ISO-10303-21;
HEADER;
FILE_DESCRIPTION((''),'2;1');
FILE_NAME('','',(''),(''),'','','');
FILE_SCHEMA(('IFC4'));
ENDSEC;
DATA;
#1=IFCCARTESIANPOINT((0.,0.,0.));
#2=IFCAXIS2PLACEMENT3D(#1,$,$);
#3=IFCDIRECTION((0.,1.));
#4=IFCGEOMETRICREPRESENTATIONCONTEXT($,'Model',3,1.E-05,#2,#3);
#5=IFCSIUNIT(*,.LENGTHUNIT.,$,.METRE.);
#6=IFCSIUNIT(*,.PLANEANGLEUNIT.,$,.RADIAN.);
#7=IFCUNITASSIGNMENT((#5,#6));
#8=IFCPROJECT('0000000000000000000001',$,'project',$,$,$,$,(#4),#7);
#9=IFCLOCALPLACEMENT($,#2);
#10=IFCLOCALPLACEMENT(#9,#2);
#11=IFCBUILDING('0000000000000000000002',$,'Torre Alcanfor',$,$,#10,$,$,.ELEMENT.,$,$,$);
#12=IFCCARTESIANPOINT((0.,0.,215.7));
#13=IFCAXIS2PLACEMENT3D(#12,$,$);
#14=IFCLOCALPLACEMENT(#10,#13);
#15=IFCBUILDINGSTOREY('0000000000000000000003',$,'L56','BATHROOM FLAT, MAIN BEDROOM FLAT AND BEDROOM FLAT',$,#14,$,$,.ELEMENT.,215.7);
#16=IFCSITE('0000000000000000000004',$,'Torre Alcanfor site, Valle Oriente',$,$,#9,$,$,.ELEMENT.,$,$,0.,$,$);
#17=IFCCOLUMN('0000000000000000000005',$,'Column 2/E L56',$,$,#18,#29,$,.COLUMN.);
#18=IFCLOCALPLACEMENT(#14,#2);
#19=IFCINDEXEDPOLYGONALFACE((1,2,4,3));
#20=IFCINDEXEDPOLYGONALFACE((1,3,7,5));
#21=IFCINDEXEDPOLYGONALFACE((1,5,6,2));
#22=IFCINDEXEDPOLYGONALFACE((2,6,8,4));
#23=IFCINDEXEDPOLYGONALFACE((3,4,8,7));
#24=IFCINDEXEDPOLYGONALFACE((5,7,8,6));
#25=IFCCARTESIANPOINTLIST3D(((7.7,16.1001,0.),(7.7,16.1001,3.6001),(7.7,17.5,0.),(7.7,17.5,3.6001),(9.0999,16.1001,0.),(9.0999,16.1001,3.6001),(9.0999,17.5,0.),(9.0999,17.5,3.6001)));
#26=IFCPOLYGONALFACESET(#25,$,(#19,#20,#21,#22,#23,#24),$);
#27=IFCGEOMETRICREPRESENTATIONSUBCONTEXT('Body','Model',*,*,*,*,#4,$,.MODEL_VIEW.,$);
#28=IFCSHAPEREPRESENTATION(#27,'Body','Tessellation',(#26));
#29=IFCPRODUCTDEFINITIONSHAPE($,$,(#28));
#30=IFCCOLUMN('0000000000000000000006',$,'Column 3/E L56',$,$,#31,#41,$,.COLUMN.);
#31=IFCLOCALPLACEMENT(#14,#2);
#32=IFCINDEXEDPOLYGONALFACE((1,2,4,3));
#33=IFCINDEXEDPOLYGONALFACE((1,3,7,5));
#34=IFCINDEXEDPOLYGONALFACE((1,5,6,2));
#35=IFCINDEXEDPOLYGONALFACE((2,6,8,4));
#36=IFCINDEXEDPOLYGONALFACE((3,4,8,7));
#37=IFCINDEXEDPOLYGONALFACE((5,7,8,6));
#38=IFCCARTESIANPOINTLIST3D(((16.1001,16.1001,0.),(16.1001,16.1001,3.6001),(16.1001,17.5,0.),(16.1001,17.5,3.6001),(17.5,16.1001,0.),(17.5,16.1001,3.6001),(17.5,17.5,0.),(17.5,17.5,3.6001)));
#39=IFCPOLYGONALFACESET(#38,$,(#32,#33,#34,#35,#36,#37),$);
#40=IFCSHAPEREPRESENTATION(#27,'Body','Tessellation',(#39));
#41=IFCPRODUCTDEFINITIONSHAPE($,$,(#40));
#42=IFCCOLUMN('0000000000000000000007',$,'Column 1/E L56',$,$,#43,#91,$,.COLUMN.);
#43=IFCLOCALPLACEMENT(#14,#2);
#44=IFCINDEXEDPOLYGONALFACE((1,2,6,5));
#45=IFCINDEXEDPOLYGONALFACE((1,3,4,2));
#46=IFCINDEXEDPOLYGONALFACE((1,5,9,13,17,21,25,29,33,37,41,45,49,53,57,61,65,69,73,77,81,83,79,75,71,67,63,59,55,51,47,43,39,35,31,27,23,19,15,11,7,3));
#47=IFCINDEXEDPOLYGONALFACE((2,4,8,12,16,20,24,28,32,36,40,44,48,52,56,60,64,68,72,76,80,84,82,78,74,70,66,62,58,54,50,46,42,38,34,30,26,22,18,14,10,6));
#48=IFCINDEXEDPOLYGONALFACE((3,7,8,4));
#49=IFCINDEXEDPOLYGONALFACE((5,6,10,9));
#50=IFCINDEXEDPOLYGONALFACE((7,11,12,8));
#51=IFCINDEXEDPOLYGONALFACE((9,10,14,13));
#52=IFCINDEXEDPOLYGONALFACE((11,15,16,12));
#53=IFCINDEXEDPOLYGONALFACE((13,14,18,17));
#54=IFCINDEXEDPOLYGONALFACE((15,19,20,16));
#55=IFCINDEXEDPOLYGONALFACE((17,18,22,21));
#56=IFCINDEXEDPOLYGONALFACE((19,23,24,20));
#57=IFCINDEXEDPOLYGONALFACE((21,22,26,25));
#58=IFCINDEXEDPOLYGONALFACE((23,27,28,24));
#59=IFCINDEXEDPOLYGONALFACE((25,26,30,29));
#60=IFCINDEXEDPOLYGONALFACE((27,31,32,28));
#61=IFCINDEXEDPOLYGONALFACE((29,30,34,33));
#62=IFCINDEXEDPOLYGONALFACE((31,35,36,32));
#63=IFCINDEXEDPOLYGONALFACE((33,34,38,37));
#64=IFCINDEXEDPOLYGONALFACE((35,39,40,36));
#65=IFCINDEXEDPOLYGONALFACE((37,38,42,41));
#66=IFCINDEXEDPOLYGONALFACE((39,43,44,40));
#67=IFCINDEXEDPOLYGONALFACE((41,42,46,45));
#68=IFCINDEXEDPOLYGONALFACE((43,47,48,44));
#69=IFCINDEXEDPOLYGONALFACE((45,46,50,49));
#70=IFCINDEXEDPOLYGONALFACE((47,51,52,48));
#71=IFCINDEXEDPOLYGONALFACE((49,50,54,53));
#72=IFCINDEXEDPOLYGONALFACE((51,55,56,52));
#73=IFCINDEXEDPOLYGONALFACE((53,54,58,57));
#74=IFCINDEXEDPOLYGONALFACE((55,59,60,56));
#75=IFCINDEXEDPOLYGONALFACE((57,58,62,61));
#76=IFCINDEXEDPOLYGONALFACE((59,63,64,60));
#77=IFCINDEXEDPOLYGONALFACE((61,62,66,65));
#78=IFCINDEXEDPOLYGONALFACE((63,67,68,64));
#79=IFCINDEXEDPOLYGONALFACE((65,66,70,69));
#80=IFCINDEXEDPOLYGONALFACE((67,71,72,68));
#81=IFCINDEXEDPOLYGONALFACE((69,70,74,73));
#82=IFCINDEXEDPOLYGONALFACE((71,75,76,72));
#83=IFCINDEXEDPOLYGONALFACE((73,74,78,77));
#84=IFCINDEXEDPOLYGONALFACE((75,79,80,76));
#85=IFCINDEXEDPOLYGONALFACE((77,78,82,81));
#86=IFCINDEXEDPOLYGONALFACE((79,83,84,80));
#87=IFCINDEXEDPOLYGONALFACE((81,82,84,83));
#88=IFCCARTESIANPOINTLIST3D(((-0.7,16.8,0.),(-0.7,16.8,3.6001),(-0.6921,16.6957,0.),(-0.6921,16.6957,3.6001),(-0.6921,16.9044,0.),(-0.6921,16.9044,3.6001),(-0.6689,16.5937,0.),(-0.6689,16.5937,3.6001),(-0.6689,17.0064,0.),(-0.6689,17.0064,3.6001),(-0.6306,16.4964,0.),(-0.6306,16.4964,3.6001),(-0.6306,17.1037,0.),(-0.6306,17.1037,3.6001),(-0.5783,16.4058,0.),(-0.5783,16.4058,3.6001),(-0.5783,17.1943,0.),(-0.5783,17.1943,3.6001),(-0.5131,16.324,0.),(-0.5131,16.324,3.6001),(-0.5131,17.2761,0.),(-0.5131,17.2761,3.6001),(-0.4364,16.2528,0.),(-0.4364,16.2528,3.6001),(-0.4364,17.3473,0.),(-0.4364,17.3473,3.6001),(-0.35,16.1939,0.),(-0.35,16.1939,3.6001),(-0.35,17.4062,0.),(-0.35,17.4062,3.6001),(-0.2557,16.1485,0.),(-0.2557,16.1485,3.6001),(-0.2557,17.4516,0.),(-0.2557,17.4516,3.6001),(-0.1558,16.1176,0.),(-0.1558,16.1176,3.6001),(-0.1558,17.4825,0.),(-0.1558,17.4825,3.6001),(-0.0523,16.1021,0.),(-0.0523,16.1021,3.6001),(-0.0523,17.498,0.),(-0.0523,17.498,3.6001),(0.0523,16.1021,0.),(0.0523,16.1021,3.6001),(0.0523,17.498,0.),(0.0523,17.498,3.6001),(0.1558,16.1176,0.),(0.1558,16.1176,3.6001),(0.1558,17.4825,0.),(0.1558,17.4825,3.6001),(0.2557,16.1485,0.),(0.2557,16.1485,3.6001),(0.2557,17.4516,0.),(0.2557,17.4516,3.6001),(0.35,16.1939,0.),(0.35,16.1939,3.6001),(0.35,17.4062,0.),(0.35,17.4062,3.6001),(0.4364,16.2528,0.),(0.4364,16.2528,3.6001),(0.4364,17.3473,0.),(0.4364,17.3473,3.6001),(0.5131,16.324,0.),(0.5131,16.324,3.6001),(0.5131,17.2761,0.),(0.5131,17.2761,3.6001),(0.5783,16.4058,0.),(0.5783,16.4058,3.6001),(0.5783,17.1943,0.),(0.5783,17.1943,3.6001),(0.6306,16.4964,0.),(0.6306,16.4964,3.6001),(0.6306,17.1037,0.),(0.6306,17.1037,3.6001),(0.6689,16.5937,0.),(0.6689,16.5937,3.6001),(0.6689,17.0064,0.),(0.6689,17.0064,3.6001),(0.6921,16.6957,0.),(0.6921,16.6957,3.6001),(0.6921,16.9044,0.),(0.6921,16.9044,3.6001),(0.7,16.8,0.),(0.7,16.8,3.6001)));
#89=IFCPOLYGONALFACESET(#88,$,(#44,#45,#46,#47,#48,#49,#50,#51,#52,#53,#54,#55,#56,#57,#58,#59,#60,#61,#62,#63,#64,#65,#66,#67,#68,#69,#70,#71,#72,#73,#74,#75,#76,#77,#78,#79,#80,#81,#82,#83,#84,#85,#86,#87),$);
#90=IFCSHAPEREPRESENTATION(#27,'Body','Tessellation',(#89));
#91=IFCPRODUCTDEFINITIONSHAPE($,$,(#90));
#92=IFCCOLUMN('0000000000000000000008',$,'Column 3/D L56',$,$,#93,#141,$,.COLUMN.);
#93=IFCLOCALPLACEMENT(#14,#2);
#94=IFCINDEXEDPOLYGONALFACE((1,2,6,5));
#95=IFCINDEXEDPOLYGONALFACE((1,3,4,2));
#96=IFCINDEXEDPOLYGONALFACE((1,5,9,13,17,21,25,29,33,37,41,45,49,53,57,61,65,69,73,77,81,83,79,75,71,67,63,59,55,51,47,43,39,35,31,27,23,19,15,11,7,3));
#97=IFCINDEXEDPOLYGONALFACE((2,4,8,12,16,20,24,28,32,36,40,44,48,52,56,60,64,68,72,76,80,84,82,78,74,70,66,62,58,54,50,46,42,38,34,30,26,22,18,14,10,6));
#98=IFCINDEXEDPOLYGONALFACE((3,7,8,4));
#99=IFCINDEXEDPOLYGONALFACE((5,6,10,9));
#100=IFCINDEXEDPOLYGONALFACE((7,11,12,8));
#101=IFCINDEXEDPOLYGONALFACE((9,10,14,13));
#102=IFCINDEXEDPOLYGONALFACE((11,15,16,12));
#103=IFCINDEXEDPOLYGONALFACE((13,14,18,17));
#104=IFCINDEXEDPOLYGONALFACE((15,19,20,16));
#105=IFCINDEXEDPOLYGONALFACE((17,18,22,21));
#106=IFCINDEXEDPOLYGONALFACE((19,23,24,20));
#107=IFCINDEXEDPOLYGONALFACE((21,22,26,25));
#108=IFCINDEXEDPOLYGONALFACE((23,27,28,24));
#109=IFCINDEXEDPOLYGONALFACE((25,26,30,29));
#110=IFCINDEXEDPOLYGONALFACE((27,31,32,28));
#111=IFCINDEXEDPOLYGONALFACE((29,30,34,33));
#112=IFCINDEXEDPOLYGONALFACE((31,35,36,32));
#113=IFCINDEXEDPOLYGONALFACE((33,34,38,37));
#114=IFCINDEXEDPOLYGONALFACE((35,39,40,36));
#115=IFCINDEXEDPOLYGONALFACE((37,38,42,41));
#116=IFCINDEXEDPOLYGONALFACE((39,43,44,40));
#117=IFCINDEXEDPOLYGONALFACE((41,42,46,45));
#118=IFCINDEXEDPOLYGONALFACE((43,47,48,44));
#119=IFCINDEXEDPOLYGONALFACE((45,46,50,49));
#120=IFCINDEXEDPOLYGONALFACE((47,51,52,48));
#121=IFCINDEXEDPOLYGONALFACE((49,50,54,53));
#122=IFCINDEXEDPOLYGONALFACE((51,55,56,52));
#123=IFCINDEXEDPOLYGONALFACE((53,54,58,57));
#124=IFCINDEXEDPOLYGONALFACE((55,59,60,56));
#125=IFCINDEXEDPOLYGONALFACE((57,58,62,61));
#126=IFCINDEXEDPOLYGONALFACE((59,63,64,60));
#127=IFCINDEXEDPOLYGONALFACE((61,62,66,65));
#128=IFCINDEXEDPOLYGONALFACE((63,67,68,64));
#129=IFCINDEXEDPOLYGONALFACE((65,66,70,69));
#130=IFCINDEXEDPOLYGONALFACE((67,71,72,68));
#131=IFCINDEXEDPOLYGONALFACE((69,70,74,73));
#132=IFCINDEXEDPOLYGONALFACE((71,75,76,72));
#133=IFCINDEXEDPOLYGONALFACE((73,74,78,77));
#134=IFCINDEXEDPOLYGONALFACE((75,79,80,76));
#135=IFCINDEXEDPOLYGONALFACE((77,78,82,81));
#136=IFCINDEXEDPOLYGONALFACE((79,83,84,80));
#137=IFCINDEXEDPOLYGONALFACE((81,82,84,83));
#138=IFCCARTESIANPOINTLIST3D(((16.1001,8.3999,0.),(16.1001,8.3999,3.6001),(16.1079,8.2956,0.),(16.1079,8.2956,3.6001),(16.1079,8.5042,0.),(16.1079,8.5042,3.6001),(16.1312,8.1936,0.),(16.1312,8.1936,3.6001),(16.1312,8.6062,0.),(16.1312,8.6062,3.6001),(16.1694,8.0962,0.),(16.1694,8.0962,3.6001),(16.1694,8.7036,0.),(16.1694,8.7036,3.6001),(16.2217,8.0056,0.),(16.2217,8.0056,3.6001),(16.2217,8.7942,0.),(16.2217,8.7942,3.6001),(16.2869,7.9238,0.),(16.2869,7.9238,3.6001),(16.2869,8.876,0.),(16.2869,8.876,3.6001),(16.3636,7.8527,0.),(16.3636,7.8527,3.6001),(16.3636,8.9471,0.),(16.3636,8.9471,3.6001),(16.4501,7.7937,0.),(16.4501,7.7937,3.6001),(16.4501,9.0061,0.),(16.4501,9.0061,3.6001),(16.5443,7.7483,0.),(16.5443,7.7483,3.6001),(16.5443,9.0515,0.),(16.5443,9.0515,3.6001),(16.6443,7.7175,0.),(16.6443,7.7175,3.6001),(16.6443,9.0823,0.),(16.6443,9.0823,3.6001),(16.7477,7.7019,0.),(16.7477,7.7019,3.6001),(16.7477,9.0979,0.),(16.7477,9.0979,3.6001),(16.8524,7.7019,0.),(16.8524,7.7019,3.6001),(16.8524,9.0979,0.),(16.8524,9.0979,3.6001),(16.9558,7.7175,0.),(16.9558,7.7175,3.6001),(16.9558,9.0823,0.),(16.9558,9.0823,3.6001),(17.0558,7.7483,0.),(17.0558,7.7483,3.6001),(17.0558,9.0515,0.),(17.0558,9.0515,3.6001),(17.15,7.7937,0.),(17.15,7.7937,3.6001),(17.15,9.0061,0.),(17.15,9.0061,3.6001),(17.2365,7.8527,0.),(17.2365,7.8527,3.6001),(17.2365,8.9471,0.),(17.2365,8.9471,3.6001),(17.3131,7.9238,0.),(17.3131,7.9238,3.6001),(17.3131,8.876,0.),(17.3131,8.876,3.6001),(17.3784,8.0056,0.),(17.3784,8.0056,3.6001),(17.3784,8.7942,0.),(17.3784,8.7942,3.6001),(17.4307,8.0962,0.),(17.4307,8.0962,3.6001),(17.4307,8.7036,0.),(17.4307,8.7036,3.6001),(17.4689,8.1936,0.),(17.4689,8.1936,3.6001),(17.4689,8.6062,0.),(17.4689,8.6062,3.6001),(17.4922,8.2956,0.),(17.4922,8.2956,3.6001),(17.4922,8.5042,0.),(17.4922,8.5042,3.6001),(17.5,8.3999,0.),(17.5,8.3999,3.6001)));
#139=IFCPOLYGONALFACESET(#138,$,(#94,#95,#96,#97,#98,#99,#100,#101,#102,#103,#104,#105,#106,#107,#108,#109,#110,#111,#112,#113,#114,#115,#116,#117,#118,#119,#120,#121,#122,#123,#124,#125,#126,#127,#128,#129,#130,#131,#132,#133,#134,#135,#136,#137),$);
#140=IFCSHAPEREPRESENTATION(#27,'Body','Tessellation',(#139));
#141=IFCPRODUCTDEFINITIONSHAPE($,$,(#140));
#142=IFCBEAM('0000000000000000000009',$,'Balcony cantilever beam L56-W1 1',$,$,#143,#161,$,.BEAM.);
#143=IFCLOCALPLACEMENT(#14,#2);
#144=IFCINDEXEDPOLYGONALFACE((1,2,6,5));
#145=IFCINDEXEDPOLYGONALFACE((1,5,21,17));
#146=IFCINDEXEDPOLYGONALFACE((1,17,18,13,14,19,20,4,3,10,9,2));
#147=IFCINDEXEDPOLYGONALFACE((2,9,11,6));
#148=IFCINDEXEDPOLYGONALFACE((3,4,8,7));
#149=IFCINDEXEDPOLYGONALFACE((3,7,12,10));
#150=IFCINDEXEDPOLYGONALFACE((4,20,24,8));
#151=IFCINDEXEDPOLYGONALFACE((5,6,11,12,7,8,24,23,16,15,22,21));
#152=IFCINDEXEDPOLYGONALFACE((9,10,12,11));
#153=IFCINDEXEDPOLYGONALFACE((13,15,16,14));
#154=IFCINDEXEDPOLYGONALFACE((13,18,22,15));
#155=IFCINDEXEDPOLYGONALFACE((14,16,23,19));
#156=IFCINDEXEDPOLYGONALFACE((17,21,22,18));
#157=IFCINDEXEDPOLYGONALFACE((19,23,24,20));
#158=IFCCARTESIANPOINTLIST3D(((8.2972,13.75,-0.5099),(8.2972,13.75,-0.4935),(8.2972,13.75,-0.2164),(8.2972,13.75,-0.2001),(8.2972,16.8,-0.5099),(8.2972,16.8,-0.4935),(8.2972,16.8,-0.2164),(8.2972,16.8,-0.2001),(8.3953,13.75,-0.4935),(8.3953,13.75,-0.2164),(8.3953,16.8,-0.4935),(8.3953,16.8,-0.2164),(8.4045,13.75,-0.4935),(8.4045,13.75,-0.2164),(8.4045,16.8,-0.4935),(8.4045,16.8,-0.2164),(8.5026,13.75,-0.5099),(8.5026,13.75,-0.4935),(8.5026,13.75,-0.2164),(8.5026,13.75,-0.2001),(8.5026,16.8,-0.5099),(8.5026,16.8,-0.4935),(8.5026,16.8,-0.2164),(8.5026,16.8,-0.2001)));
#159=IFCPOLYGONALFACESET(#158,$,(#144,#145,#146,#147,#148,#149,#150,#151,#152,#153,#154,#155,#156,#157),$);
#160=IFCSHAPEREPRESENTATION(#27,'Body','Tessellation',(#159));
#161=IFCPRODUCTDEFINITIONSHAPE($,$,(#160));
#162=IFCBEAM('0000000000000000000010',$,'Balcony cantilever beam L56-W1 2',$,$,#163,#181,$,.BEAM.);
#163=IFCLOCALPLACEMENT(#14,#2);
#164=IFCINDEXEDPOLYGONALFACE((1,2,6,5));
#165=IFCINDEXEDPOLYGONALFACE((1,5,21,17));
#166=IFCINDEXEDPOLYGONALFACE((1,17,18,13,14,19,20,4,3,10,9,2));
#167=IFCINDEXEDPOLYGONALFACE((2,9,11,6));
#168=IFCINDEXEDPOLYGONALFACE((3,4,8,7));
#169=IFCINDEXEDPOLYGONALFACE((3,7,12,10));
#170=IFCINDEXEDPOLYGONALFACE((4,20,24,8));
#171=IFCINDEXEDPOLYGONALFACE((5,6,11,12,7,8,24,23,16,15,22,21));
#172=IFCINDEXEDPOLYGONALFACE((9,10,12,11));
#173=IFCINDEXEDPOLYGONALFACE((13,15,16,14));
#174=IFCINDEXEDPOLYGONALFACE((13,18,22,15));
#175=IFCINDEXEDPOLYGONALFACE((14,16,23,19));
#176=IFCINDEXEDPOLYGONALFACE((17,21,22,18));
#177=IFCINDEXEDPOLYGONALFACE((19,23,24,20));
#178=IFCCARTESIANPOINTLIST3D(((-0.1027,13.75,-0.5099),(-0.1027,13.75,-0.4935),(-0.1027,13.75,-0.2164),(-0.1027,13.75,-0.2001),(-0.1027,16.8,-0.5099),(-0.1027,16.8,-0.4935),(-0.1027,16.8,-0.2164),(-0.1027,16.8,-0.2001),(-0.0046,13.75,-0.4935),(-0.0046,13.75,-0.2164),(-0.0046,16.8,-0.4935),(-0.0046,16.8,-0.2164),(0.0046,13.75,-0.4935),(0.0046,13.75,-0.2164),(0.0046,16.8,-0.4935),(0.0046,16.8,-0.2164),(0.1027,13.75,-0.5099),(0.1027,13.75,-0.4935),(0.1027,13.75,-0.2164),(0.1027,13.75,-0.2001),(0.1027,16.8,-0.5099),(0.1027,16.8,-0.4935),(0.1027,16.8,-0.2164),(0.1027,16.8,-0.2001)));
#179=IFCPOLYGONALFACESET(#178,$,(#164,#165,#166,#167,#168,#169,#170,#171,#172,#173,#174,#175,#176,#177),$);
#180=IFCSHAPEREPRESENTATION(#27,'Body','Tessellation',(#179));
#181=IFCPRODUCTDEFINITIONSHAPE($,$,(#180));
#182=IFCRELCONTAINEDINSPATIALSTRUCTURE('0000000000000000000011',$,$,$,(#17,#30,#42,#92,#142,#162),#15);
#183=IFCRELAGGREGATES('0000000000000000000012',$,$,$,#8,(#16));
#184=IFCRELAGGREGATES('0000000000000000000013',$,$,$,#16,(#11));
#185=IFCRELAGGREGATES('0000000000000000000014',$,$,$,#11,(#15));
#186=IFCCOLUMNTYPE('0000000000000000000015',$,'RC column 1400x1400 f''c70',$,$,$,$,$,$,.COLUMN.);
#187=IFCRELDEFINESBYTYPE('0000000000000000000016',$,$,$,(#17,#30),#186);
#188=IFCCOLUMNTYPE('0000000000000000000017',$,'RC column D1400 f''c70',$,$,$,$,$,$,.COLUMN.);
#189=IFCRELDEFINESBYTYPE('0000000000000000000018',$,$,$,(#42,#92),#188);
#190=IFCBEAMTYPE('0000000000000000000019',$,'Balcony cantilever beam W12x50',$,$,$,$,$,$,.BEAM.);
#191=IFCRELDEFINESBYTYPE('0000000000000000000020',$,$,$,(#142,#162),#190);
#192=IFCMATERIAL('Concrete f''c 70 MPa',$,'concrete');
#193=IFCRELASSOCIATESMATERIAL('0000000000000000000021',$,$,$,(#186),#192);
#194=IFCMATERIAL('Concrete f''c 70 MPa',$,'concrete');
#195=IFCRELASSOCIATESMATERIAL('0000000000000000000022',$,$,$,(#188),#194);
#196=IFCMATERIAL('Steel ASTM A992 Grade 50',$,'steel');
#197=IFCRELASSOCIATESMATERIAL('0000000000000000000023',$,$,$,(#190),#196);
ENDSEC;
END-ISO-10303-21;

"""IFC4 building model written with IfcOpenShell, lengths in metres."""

from ifc_helpers import new_model, si_unit, direction, frame, origin, origin_2d, place, context, subcontext, project, spatial, rectangle, circle, i_section, extrude, material, material_profile, profile_set, type_object, element, save


model = new_model("IFC4")

# Units and contexts
model_context = context("Model", 3, precision=1e-05, world=origin(), true_north=direction((0.0, 1.0)))
body_context = subcontext(model_context, "Body", "Model", "MODEL_VIEW")
ifc_project = project(units=[si_unit("LENGTHUNIT", "METRE"), si_unit("PLANEANGLEUNIT", "RADIAN")], contexts=[model_context])

# Site, building, storey
site_placement = place(None, origin())
site = spatial("IfcSite", under=ifc_project, at=site_placement, Name="Torre Alcanfor site, Valle Oriente", CompositionType="ELEMENT", RefElevation=0.0)
building_placement = place(site_placement, origin())
building = spatial("IfcBuilding", under=site, at=building_placement, Name="Torre Alcanfor", CompositionType="ELEMENT")
storey_placement = place(building_placement, frame((0.0, 0.0, 215.7)))
storey = spatial("IfcBuildingStorey", under=building, at=storey_placement, Name="L56", Description="BATHROOM FLAT, MAIN BEDROOM FLAT AND BEDROOM FLAT", CompositionType="ELEMENT", Elevation=215.7)

# Columns
ifc_material_1 = material(Name="Concrete f'c 70 MPa", Category="concrete")
ifc_material_profile_1 = material_profile(ifc_material_1, rectangle(XDim=1.3999, YDim=1.3999, at=origin_2d()), Name="1400x1400")
ifc_profile_set_1 = profile_set([ifc_material_profile_1], Name="Concrete f'c 70 MPa")
column_type_1 = type_object("IfcColumnType", Name="RC column 1400x1400 f'c70", PredefinedType="COLUMN", material=ifc_profile_set_1)
for number, where, z_axis, x_axis, name in (
    (1, (8.3999, 16.8, 0.0), (0.0, 0.0, 1.0), (1.0, 0.0, 0.0), "Column 2/E L56"),
    (2, (16.8, 16.8, 0.0), (0.0, 0.0, 1.0), (1.0, 0.0, 0.0), "Column 3/E L56"),
):
    element("IfcColumn", number, at=place(storey_placement, frame(where, z_axis=z_axis, x_axis=x_axis)), inside=storey, type_object=column_type_1, Name=name, PredefinedType="COLUMN", context=body_context, shape_type="SweptSolid", body=[
        extrude(rectangle(XDim=1.3999, YDim=1.3999, at=origin_2d()), origin(), (0.0, 0.0, 1.0), 3.6001),
    ])
ifc_material_2 = material(Name="Concrete f'c 70 MPa", Category="concrete")
ifc_material_profile_2 = material_profile(ifc_material_2, circle(Radius=0.7, at=origin_2d()), Name="D1400")
ifc_profile_set_2 = profile_set([ifc_material_profile_2], Name="Concrete f'c 70 MPa")
column_type_2 = type_object("IfcColumnType", Name="RC column D1400 f'c70", PredefinedType="COLUMN", material=ifc_profile_set_2)
for number, where, z_axis, x_axis, name in (
    (3, (0.0, 16.8, 0.0), (0.0, 0.0, 1.0), (1.0, 0.0, 0.0), "Column 1/E L56"),
    (4, (16.8, 8.3999, 0.0), (0.0, 0.0, 1.0), (1.0, 0.0, 0.0), "Column 3/D L56"),
):
    element("IfcColumn", number, at=place(storey_placement, frame(where, z_axis=z_axis, x_axis=x_axis)), inside=storey, type_object=column_type_2, Name=name, PredefinedType="COLUMN", context=body_context, shape_type="SweptSolid", body=[
        extrude(circle(Radius=0.7, at=origin_2d()), origin(), (0.0, 0.0, 1.0), 3.6001),
    ])

# Beams
ifc_material_3 = material(Name="Steel ASTM A992 Grade 50", Category="steel")
ifc_material_profile_3 = material_profile(ifc_material_3, i_section(OverallWidth=0.2053, OverallDepth=0.3098, WebThickness=0.0093, FlangeThickness=0.0164, at=origin_2d()), Name="W12x50")
ifc_profile_set_3 = profile_set([ifc_material_profile_3], Name="Steel ASTM A992 Grade 50")
beam_type_1 = type_object("IfcBeamType", Name="Balcony cantilever beam W12x50", PredefinedType="BEAM", material=ifc_profile_set_3)
for number, where, z_axis, x_axis, name in (
    (5, (8.3999, 16.8, -0.355), (0.0, -1.0, 0.0), (1.0, 0.0, 0.0), "Balcony cantilever beam L56-W1 1"),
    (6, (0.0, 16.8, -0.355), (0.0, -1.0, 0.0), (1.0, 0.0, 0.0), "Balcony cantilever beam L56-W1 2"),
):
    element("IfcBeam", number, at=place(storey_placement, frame(where, z_axis=z_axis, x_axis=x_axis)), inside=storey, type_object=beam_type_1, Name=name, PredefinedType="BEAM", context=body_context, shape_type="SweptSolid", body=[
        extrude(i_section(OverallWidth=0.2053, OverallDepth=0.3098, WebThickness=0.0093, FlangeThickness=0.0164, at=origin_2d()), origin(), (0.0, 0.0, 1.0), 3.05),
    ])

save(model, "model.ifc")
